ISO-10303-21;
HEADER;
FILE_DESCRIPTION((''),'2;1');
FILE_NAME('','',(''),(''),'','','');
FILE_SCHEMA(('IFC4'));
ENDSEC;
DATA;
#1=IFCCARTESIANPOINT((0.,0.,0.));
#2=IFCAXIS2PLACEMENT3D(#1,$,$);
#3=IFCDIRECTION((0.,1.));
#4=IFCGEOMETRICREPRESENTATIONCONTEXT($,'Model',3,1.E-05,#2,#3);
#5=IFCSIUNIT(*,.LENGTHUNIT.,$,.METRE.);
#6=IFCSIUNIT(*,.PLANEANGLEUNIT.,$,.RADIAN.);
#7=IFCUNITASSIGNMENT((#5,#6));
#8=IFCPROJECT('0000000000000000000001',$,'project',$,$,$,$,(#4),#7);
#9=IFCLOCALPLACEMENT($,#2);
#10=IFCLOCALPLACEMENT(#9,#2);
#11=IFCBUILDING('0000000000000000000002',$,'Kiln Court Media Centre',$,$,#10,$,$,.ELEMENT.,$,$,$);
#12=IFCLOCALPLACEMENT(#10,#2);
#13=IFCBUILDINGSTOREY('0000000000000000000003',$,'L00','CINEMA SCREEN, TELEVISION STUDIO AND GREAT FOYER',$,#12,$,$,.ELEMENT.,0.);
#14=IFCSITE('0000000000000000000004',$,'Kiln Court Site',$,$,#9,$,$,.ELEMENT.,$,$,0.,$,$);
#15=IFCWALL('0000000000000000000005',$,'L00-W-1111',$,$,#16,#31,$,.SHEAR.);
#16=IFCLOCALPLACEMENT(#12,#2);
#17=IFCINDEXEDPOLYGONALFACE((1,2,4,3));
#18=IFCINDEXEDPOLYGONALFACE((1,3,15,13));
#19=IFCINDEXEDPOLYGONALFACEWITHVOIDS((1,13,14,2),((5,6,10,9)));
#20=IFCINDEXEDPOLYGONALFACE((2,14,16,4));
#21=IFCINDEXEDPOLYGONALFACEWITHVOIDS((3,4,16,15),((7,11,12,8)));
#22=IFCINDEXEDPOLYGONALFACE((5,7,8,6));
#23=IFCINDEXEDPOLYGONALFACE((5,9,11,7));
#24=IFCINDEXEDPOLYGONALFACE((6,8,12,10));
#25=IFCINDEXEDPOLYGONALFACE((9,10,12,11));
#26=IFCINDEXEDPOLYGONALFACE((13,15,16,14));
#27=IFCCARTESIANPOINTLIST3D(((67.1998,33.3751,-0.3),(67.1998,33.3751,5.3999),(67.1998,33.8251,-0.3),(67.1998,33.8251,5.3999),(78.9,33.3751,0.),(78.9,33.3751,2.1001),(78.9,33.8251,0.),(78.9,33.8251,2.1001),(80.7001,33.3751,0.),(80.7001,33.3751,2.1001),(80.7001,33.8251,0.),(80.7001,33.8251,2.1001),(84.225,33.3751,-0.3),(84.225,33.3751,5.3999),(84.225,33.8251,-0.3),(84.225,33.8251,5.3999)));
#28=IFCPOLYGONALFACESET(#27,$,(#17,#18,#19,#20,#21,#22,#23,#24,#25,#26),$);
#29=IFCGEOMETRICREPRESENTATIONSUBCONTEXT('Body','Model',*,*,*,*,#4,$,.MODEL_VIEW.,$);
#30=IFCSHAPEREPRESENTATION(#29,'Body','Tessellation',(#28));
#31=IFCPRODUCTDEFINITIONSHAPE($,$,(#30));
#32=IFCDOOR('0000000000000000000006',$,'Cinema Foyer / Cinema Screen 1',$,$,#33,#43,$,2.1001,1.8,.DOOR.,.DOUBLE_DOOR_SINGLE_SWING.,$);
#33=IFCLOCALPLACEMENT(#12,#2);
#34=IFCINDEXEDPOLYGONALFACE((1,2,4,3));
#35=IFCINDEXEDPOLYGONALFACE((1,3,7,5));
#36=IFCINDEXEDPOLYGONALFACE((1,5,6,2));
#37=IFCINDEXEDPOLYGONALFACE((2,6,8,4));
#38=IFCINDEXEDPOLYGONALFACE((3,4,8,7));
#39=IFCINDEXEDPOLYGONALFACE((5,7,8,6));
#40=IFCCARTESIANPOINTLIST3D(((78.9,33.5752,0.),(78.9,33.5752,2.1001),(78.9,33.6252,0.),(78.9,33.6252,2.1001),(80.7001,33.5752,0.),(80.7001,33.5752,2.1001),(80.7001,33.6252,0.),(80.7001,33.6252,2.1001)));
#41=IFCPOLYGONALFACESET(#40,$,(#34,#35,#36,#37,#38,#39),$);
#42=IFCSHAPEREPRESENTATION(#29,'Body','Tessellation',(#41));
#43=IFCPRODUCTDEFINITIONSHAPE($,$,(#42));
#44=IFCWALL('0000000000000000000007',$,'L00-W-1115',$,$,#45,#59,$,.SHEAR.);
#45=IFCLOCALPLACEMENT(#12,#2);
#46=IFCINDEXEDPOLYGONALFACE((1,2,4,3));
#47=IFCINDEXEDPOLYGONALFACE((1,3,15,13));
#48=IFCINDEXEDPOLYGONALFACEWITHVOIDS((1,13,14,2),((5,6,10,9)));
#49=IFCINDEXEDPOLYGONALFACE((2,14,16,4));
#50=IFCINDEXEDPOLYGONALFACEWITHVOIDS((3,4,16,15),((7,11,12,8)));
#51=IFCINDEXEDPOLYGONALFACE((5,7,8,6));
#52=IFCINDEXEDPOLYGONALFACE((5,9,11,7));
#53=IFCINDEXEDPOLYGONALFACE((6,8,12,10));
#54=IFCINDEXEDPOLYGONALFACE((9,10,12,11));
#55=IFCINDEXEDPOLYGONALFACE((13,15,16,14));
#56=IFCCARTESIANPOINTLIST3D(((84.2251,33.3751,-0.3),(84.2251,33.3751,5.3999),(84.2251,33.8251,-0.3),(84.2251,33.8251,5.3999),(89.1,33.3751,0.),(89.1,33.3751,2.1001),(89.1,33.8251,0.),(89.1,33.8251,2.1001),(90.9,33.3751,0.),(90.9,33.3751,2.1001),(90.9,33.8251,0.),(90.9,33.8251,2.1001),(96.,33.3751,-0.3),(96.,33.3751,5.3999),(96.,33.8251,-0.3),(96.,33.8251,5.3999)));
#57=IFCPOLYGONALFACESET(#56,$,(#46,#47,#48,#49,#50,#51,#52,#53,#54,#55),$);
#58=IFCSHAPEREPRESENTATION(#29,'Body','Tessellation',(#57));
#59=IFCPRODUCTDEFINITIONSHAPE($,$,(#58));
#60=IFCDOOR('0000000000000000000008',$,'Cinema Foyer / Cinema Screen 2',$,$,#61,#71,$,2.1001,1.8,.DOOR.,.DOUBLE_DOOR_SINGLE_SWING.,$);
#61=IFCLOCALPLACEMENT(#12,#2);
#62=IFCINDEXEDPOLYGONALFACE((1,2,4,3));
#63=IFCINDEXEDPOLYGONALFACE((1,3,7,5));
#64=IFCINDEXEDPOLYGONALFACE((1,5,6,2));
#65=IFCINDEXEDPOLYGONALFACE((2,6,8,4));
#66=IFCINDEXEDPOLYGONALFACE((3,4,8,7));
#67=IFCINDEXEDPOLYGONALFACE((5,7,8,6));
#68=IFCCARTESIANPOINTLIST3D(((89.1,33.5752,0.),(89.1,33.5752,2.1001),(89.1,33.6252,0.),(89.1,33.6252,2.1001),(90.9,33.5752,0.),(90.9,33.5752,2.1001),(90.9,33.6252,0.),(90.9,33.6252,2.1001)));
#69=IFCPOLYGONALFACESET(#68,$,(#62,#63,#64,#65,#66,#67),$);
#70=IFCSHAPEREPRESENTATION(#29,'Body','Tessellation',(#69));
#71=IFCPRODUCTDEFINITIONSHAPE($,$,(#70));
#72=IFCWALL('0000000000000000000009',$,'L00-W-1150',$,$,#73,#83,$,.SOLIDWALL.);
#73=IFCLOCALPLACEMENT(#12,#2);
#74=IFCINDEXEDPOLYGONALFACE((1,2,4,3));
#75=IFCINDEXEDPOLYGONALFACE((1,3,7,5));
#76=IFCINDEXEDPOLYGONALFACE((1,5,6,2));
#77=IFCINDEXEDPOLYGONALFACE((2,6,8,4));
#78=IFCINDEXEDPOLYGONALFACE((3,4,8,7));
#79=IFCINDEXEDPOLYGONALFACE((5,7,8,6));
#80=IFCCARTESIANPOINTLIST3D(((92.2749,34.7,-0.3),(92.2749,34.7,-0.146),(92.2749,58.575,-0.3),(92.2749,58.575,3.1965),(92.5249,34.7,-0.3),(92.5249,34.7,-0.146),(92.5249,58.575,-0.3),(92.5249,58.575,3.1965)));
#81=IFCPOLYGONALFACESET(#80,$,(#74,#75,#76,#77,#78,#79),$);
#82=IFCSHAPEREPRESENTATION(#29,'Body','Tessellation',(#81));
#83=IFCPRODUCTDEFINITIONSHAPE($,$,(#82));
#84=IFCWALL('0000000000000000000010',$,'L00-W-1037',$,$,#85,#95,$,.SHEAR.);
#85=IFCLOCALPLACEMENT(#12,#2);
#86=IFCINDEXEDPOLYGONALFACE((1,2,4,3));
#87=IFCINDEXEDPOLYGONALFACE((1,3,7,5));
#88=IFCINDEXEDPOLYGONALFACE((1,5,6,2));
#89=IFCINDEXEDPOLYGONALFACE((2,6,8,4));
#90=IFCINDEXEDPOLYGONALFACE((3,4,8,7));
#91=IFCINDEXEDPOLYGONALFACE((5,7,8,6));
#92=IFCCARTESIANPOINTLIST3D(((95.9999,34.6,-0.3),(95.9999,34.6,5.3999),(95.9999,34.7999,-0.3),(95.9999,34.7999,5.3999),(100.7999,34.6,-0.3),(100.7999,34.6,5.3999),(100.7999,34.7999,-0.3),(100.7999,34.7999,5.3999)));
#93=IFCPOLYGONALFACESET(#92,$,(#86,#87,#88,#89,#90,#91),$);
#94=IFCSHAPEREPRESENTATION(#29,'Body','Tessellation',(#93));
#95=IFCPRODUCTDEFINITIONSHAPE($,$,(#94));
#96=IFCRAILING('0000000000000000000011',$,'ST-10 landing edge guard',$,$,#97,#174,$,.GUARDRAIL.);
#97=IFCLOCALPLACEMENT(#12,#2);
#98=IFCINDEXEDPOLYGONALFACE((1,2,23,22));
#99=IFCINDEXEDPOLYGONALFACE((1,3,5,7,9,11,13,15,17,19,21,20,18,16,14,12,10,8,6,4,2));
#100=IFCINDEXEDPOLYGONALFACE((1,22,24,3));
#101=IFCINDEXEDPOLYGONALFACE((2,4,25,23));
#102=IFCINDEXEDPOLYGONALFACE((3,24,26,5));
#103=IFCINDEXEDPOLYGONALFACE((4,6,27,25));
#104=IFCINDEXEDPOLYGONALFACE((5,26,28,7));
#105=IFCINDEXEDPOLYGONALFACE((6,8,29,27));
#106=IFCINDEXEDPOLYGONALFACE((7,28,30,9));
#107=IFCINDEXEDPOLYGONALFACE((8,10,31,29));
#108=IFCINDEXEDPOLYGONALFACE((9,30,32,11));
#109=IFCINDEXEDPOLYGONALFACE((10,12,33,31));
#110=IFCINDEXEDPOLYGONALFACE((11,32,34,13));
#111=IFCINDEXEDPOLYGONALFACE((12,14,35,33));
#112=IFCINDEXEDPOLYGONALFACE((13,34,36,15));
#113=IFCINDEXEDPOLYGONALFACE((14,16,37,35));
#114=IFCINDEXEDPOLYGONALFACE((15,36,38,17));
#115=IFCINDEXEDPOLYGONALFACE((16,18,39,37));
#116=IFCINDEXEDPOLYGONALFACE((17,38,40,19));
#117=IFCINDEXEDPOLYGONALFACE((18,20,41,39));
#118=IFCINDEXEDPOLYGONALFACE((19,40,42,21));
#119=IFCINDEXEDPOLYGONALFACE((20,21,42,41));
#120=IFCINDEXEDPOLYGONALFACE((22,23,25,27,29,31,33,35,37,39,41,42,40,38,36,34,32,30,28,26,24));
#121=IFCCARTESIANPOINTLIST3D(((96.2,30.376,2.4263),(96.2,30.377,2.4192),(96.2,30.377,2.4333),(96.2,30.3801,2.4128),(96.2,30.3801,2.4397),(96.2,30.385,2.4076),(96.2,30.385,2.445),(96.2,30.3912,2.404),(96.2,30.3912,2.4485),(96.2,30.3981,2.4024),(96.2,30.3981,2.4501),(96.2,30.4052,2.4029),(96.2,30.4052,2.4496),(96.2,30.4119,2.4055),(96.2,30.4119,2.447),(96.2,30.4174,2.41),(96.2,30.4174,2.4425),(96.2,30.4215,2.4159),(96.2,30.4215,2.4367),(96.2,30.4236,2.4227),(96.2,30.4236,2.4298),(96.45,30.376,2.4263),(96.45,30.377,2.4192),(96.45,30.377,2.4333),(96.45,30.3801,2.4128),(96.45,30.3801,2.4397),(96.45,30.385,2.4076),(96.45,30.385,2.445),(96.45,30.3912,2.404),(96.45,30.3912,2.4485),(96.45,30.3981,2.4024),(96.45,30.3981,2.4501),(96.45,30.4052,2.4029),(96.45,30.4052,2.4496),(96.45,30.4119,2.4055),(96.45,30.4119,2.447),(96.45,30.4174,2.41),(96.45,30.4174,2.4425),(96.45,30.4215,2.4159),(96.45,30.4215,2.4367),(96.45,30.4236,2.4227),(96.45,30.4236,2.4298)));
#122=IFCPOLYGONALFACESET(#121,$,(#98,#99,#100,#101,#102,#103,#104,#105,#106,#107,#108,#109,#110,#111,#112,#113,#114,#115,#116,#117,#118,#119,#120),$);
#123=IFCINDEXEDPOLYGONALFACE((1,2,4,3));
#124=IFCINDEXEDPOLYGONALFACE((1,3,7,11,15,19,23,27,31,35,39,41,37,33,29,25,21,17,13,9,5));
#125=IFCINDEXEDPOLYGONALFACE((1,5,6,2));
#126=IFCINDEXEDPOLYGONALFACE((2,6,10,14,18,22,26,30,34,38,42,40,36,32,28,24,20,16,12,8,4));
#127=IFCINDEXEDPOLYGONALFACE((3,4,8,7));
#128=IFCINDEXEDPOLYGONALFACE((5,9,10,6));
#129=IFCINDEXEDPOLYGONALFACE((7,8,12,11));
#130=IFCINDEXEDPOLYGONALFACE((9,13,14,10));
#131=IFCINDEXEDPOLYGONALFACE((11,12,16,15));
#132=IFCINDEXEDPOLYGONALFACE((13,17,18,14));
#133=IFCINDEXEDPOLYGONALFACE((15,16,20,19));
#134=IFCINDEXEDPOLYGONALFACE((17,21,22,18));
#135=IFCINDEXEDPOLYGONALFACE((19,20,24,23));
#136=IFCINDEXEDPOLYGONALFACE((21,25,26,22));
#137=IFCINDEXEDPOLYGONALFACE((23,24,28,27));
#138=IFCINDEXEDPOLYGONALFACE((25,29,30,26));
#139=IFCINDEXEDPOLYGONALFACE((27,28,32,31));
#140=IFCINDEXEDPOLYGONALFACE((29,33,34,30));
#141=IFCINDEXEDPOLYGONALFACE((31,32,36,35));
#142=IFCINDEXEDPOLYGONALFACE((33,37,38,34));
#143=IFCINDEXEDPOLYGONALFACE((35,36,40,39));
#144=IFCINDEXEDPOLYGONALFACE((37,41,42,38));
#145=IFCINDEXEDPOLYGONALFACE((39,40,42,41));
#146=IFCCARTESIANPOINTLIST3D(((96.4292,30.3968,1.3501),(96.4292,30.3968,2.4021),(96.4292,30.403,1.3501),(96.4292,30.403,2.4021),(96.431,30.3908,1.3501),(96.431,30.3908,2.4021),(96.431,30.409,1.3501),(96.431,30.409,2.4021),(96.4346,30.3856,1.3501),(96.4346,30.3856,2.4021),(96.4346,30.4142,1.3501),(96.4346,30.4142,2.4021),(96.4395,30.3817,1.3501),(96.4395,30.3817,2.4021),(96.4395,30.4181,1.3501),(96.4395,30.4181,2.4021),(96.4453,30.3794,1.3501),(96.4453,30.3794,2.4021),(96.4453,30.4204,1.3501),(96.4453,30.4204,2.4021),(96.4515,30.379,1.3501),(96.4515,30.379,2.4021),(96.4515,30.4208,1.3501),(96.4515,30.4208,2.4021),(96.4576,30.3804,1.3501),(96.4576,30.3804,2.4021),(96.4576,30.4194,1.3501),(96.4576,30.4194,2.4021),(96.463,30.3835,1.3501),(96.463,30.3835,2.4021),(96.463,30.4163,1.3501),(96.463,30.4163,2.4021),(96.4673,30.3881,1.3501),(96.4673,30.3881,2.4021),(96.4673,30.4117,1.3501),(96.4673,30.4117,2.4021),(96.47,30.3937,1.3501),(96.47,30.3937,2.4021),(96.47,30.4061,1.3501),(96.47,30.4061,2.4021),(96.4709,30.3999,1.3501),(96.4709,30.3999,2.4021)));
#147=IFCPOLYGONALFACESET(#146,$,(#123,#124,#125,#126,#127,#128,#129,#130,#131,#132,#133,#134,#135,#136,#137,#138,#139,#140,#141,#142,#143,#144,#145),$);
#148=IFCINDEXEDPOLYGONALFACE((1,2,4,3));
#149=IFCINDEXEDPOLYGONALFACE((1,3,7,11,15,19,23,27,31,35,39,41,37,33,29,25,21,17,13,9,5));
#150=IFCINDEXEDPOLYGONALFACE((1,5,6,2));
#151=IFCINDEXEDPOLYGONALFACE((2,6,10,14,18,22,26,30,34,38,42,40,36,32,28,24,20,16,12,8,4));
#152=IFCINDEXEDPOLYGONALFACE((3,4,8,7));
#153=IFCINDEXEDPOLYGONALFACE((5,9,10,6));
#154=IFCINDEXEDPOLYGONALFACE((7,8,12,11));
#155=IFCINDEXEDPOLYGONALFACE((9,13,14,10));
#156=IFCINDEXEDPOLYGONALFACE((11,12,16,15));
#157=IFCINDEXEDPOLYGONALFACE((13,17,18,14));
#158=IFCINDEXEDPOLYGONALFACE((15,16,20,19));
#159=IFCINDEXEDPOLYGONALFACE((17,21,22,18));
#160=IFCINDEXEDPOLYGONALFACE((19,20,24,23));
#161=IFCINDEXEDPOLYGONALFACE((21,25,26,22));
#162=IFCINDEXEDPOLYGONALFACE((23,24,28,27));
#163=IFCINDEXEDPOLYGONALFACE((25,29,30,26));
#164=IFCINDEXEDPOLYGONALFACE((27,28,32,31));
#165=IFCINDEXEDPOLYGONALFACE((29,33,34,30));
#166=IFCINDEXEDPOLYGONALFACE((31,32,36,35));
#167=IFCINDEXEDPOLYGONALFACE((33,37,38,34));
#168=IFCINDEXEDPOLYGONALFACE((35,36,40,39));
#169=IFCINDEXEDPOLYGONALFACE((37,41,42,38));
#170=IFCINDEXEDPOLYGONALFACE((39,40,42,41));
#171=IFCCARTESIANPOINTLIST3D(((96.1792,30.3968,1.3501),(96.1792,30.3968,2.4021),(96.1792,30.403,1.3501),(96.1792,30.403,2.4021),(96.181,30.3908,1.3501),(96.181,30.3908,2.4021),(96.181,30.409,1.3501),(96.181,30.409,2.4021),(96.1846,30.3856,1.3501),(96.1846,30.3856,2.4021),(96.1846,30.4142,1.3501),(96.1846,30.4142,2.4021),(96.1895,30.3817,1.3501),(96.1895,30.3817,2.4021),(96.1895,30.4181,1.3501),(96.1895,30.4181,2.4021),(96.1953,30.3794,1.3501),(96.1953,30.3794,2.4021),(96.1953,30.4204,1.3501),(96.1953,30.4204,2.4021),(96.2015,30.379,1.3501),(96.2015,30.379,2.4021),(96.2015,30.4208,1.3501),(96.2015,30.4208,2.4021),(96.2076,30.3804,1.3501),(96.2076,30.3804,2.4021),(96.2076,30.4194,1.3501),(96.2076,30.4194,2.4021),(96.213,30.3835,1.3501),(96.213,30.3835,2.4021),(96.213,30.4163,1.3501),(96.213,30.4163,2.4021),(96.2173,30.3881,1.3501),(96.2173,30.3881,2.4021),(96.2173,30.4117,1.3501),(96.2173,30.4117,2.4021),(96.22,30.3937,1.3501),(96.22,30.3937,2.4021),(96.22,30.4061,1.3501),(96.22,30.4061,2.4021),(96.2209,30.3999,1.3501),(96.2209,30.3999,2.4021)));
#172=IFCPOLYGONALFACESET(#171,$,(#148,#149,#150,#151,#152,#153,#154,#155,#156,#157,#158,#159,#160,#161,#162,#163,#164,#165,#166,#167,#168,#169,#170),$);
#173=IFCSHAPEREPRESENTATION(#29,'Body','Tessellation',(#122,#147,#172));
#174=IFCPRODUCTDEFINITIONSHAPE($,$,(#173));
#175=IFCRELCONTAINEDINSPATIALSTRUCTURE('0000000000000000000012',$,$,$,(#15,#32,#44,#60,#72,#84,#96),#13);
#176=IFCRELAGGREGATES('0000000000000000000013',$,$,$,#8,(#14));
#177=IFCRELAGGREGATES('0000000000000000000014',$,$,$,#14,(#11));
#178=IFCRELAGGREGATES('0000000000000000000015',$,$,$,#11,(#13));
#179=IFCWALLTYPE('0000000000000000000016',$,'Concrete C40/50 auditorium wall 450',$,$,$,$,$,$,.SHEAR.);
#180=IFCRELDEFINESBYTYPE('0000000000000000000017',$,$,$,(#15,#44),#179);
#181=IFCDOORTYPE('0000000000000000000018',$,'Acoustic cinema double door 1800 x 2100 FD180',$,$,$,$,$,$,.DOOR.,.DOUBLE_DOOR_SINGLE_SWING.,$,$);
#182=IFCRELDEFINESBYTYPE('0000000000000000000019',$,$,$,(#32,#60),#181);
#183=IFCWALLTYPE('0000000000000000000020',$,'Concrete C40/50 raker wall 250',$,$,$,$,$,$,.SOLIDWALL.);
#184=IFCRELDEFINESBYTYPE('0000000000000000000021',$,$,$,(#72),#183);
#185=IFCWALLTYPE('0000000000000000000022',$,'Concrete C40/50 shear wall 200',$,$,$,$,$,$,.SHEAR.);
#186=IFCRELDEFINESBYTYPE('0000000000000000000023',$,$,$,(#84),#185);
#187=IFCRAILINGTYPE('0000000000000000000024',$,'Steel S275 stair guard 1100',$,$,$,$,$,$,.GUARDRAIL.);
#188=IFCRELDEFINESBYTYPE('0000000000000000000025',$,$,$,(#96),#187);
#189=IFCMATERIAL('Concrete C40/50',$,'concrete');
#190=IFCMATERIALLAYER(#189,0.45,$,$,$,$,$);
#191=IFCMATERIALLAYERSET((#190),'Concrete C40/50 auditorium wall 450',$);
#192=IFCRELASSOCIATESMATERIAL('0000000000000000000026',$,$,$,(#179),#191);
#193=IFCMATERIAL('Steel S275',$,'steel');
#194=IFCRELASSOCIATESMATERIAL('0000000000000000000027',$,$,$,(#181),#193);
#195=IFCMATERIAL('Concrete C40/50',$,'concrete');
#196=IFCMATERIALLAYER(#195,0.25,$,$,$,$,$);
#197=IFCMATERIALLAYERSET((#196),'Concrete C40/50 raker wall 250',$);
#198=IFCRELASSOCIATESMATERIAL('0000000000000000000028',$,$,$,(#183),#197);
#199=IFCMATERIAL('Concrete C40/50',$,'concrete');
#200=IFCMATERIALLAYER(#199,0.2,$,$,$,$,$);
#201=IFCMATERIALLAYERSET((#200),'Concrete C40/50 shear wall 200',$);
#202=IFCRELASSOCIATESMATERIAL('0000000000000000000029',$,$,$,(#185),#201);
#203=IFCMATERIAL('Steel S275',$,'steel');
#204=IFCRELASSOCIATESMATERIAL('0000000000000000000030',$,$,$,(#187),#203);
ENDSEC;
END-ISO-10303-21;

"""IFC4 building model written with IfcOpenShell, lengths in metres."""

from ifc_helpers import new_model, si_unit, direction, frame, frame_2d, origin, origin_2d, place, context, subcontext, project, spatial, polyline, rectangle, circle, outline, extrude, material, layer, layer_set, type_object, element, fill, save


model = new_model("IFC4")

# Units and contexts
model_context = context("Model", 3, precision=1e-05, world=origin(), true_north=direction((0.0, 1.0)))
body_context = subcontext(model_context, "Body", "Model", "MODEL_VIEW")
ifc_project = project(units=[si_unit("LENGTHUNIT", "METRE"), si_unit("PLANEANGLEUNIT", "RADIAN")], contexts=[model_context])

# Site, building, storey
site_placement = place(None, origin())
site = spatial("IfcSite", under=ifc_project, at=site_placement, Name="Kiln Court Site", CompositionType="ELEMENT", RefElevation=0.0)
building_placement = place(site_placement, origin())
building = spatial("IfcBuilding", under=site, at=building_placement, Name="Kiln Court Media Centre", CompositionType="ELEMENT")
storey_placement = place(building_placement, origin())
storey = spatial("IfcBuildingStorey", under=building, at=storey_placement, Name="L00", Description="CINEMA SCREEN, TELEVISION STUDIO AND GREAT FOYER", CompositionType="ELEMENT", Elevation=0.0)

# Walls, openings, doors
ifc_material_1 = material(Name="Concrete C40/50", Category="concrete")
ifc_layer_1 = layer(ifc_material_1, 0.45)
ifc_layer_set_1 = layer_set([ifc_layer_1], Name="Concrete C40/50 auditorium wall 450")
wall_type_1 = type_object("IfcWallType", Name="Concrete C40/50 auditorium wall 450", PredefinedType="SHEAR", material=ifc_layer_set_1)
wall_1_placement = place(storey_placement, frame((84.2251, 33.6001, -0.3), z_axis=(0.0, 0.0, 1.0), x_axis=(-1.0, 0.0, 0.0)))
wall_1 = element("IfcWall", 1, at=wall_1_placement, inside=storey, type_object=wall_type_1, Name="L00-W-1111", PredefinedType="SHEAR", context=body_context, shape_type="SweptSolid", body=[
    extrude(rectangle(XDim=17.0251, YDim=0.45, at=frame_2d((8.5127, 0.0))), origin(), (0.0, 0.0, 1.0), 5.7),
])
opening_1_placement = place(wall_1_placement, frame((3.5251, 0.0, 0.3)))
opening_1 = element("IfcOpeningElement", 2, at=opening_1_placement, cuts=wall_1, PredefinedType="OPENING", context=body_context, shape_type="SweptSolid", body=[
    extrude(rectangle(XDim=1.8, YDim=2.1001, at=frame_2d((0.8999, 1.05))), frame((0.0, 0.2349, 0.0), z_axis=(0.0, -1.0, 0.0), x_axis=(1.0, 0.0, 0.0)), (0.0, 0.0, 1.0), 0.47),
])
ifc_material_2 = material(Name="Steel S275", Category="steel")
door_type = type_object("IfcDoorType", Name="Acoustic cinema double door 1800 x 2100 FD180", OperationType="DOUBLE_DOOR_SINGLE_SWING", PredefinedType="DOOR", material=ifc_material_2)
door_1_placement = place(opening_1_placement, origin())
door_1 = element("IfcDoor", 3, at=door_1_placement, inside=storey, type_object=door_type, Name="Cinema Foyer / Cinema Screen 1", OperationType="DOUBLE_DOOR_SINGLE_SWING", OverallHeight=2.1001, OverallWidth=1.8, PredefinedType="DOOR", context=body_context, shape_type="SweptSolid", body=[
    extrude(rectangle(XDim=1.8, YDim=2.1001, at=frame_2d((0.8999, 1.05))), frame((0.0, 0.0249, 0.0), z_axis=(0.0, -1.0, 0.0), x_axis=(1.0, 0.0, 0.0)), (0.0, 0.0, 1.0), 0.05),
])
fill(opening_1, door_1)
wall_2_placement = place(storey_placement, frame((96.0, 33.6001, -0.3), z_axis=(0.0, 0.0, 1.0), x_axis=(-1.0, 0.0, 0.0)))
wall_2 = element("IfcWall", 4, at=wall_2_placement, inside=storey, type_object=wall_type_1, Name="L00-W-1115", PredefinedType="SHEAR", context=body_context, shape_type="SweptSolid", body=[
    extrude(rectangle(XDim=11.7749, YDim=0.45, at=frame_2d((5.8875, 0.0))), origin(), (0.0, 0.0, 1.0), 5.7),
])
opening_2_placement = place(wall_2_placement, frame((5.1001, 0.0, 0.3)))
opening_2 = element("IfcOpeningElement", 5, at=opening_2_placement, cuts=wall_2, PredefinedType="OPENING", context=body_context, shape_type="SweptSolid", body=[
    extrude(rectangle(XDim=1.8, YDim=2.1001, at=frame_2d((0.8999, 1.05))), frame((0.0, 0.2349, 0.0), z_axis=(0.0, -1.0, 0.0), x_axis=(1.0, 0.0, 0.0)), (0.0, 0.0, 1.0), 0.47),
])
door_2_placement = place(opening_2_placement, origin())
door_2 = element("IfcDoor", 6, at=door_2_placement, inside=storey, type_object=door_type, Name="Cinema Foyer / Cinema Screen 2", OperationType="DOUBLE_DOOR_SINGLE_SWING", OverallHeight=2.1001, OverallWidth=1.8, PredefinedType="DOOR", context=body_context, shape_type="SweptSolid", body=[
    extrude(rectangle(XDim=1.8, YDim=2.1001, at=frame_2d((0.8999, 1.05))), frame((0.0, 0.0249, 0.0), z_axis=(0.0, -1.0, 0.0), x_axis=(1.0, 0.0, 0.0)), (0.0, 0.0, 1.0), 0.05),
])
fill(opening_2, door_2)

# Walls
ifc_material_3 = material(Name="Concrete C40/50", Category="concrete")
ifc_layer_2 = layer(ifc_material_3, 0.25)
ifc_layer_set_2 = layer_set([ifc_layer_2], Name="Concrete C40/50 raker wall 250")
wall_type_2 = type_object("IfcWallType", Name="Concrete C40/50 raker wall 250", PredefinedType="SOLIDWALL", material=ifc_layer_set_2)
wall_3_placement = place(storey_placement, frame((92.3999, 34.7, -0.3), z_axis=(0.0, 0.0, 1.0), x_axis=(0.0, 1.0, 0.0)))
element("IfcWall", 7, at=wall_3_placement, inside=storey, type_object=wall_type_2, Name="L00-W-1150", PredefinedType="SOLIDWALL", context=body_context, shape_type="SweptSolid", body=[
    extrude(outline(polyline([(0.0, 0.0), (23.875, 0.0), (23.875, 3.4966), (0.0, 0.1541), (0.0, 0.0)])), frame((0.0, 0.125, 0.0), z_axis=(0.0, -1.0, 0.0), x_axis=(1.0, 0.0, 0.0)), (0.0, 0.0, 1.0), 0.25),
])
ifc_material_4 = material(Name="Concrete C40/50", Category="concrete")
ifc_layer_3 = layer(ifc_material_4, 0.2)
ifc_layer_set_3 = layer_set([ifc_layer_3], Name="Concrete C40/50 shear wall 200")
wall_type_3 = type_object("IfcWallType", Name="Concrete C40/50 shear wall 200", PredefinedType="SHEAR", material=ifc_layer_set_3)
wall_4_placement = place(storey_placement, frame((96.0, 34.7, -0.3), z_axis=(0.0, 0.0, 1.0), x_axis=(1.0, 0.0, 0.0)))
element("IfcWall", 8, at=wall_4_placement, inside=storey, type_object=wall_type_3, Name="L00-W-1037", PredefinedType="SHEAR", context=body_context, shape_type="SweptSolid", body=[
    extrude(rectangle(XDim=4.8, YDim=0.2, at=frame_2d((2.3999, 0.0))), origin(), (0.0, 0.0, 1.0), 5.7),
])

# Railing
ifc_material_5 = material(Name="Steel S275", Category="steel")
railing_type_1 = type_object("IfcRailingType", Name="Steel S275 stair guard 1100", PredefinedType="GUARDRAIL", material=ifc_material_5)
for number, where, name in (
    (9, (96.45, 30.3999, 1.3501), "ST-10 landing edge guard"),
):
    element("IfcRailing", number, at=place(storey_placement, frame(where)), inside=storey, type_object=railing_type_1, Name=name, PredefinedType="GUARDRAIL", context=body_context, shape_type="SweptSolid", body=[
        extrude(circle(Radius=0.0239, at=origin_2d()), frame((0.0, 0.0, 1.0762), z_axis=(-1.0, 0.0, 0.0), x_axis=(0.0, -1.0, 0.0)), (0.0, 0.0, 1.0), 0.25),
        extrude(circle(Radius=0.021, at=origin_2d()), origin(), (0.0, 0.0, 1.0), 1.052),
        extrude(circle(Radius=0.021, at=origin_2d()), frame((-0.25, 0.0, 0.0)), (0.0, 0.0, 1.0), 1.052),
    ])

save(model, "model.ifc")
